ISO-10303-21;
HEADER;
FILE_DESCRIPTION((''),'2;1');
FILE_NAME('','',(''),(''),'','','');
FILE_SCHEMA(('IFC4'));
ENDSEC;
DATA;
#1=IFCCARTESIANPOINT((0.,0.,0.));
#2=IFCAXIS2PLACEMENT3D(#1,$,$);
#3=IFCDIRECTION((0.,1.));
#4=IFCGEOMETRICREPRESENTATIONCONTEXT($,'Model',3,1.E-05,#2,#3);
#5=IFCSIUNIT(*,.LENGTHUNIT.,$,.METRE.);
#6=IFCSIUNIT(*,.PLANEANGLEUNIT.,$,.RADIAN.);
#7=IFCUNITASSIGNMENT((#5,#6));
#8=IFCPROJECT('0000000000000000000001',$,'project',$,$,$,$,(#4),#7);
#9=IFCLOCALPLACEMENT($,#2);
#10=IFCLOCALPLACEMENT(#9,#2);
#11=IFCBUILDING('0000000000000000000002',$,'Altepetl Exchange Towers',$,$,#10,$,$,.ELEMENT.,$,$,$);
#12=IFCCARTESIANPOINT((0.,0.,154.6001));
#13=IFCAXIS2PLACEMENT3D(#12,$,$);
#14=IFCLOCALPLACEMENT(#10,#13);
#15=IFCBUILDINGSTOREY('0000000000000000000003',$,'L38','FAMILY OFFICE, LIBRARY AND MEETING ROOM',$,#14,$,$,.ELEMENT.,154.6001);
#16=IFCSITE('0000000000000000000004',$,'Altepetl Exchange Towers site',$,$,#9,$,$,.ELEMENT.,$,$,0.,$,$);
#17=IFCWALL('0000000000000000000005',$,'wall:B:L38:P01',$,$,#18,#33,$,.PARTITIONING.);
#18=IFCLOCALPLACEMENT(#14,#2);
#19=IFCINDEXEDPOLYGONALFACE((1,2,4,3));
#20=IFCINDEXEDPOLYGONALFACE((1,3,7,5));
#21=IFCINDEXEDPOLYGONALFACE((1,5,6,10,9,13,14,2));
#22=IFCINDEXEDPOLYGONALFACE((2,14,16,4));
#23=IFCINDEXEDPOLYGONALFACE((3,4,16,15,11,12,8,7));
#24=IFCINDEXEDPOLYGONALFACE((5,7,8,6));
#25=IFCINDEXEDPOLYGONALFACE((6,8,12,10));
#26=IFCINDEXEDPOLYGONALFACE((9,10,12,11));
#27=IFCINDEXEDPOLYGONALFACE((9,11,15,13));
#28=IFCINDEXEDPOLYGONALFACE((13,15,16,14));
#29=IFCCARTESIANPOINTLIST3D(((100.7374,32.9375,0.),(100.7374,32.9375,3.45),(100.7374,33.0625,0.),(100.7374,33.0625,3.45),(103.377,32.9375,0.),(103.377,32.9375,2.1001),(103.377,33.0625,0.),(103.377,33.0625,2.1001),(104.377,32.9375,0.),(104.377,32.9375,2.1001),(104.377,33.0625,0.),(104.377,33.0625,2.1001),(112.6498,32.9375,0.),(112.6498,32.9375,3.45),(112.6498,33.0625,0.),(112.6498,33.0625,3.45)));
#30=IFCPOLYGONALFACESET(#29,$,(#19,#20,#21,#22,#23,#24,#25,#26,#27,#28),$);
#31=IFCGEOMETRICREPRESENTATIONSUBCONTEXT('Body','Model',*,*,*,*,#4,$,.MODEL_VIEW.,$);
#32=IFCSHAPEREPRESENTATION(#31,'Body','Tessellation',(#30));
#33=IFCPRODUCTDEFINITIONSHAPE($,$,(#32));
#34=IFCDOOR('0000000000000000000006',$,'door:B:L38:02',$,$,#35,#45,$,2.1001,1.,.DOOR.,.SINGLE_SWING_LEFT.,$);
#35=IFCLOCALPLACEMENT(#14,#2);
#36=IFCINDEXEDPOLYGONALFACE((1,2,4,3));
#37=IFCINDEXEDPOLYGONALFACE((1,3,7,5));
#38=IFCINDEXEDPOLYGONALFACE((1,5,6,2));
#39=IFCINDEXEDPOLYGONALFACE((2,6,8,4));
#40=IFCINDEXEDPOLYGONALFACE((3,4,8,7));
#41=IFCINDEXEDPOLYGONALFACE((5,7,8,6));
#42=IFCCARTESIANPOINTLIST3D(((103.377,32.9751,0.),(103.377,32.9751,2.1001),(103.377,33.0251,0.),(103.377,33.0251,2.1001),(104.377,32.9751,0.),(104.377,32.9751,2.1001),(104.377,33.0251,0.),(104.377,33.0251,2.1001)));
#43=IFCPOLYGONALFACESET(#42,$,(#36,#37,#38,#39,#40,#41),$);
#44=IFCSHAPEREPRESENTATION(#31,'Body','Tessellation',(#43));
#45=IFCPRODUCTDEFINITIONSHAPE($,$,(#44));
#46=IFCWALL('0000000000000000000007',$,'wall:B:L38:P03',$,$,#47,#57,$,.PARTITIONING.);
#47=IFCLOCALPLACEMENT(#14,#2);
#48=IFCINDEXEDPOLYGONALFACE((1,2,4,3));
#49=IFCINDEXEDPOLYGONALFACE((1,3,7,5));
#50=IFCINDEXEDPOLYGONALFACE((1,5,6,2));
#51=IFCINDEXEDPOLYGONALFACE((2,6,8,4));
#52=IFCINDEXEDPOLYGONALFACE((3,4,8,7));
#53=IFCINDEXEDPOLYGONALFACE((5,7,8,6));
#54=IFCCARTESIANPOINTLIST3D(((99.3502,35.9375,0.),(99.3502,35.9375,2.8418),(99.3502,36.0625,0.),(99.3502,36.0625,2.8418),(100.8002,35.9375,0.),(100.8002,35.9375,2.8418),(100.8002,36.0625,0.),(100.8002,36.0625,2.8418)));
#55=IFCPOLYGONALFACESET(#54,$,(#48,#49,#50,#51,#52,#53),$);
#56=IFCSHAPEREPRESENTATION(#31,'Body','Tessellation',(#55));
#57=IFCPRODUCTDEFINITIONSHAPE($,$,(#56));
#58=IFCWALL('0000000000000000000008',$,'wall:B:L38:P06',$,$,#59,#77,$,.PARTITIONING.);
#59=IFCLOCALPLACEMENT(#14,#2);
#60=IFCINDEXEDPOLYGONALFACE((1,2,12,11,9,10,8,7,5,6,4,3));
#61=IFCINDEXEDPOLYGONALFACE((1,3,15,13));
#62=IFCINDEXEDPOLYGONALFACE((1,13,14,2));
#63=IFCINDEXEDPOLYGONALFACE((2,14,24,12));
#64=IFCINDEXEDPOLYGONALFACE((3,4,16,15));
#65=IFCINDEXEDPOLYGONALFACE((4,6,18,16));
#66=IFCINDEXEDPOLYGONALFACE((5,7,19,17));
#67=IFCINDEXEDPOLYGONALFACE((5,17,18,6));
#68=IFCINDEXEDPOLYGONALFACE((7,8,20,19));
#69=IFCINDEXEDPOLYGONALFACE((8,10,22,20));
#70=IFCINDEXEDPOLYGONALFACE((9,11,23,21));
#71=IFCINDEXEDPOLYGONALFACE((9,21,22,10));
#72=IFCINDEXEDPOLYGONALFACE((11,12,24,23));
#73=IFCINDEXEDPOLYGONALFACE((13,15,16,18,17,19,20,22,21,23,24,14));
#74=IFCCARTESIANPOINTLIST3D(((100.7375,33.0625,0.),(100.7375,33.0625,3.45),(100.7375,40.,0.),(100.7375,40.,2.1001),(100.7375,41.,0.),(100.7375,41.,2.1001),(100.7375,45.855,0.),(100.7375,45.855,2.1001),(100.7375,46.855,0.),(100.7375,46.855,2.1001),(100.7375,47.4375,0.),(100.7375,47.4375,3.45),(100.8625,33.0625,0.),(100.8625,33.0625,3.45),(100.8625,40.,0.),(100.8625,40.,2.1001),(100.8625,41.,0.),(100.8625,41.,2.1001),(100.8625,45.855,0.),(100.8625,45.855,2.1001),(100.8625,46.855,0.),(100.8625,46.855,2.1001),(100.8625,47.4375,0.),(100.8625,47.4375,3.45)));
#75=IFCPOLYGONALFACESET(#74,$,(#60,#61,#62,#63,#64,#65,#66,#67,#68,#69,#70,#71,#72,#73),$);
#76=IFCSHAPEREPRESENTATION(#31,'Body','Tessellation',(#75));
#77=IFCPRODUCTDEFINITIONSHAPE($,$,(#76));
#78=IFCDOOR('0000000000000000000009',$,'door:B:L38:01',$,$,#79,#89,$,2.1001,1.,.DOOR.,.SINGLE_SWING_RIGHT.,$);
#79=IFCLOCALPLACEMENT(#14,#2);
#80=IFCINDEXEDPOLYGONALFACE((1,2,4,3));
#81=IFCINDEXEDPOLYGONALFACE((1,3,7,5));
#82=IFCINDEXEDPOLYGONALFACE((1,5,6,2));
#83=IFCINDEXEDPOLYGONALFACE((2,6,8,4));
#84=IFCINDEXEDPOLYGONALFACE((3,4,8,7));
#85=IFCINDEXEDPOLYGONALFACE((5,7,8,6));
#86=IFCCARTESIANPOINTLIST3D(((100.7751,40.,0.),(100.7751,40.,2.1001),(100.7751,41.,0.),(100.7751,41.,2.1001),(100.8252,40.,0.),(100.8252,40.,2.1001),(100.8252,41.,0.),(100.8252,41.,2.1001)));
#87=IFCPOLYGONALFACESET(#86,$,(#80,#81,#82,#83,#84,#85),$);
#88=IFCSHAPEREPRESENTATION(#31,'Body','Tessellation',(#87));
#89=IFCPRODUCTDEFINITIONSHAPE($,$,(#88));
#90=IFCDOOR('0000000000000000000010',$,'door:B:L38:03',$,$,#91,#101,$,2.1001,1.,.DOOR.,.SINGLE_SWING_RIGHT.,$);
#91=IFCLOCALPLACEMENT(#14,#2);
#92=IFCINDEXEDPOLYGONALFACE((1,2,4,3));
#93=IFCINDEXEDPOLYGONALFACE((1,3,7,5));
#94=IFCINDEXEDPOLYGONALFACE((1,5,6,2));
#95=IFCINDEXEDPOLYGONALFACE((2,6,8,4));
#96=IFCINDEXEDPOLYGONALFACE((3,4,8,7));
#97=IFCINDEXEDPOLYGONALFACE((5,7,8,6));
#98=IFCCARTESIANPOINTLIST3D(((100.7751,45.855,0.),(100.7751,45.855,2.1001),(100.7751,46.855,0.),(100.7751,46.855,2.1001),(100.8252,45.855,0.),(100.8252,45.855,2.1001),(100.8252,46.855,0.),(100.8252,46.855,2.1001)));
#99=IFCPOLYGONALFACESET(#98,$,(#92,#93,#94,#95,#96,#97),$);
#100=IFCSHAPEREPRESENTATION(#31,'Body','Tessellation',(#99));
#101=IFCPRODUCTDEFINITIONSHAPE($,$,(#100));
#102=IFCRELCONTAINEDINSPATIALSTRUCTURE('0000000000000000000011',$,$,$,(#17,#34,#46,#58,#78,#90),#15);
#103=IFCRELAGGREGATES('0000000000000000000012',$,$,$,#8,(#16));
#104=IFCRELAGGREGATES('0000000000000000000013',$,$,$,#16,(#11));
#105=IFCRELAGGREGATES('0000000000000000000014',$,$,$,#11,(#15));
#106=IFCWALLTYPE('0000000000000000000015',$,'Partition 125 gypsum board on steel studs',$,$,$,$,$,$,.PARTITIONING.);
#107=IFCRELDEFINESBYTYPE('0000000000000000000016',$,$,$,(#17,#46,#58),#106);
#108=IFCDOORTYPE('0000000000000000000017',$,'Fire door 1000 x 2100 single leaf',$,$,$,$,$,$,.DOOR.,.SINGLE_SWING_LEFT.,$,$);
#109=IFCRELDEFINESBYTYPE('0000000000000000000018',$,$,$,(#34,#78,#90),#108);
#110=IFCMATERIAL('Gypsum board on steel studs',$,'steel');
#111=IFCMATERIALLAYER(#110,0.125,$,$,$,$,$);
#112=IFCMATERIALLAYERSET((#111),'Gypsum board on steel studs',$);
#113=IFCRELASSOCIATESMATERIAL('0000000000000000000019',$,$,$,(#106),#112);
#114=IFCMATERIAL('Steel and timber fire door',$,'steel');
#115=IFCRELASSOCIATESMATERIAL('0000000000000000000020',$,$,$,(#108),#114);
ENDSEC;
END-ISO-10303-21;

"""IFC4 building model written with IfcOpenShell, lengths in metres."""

from ifc_helpers import new_model, si_unit, direction, frame, frame_2d, origin, place, context, subcontext, project, spatial, rectangle, extrude, material, layer, layer_set, type_object, element, fill, save


model = new_model("IFC4")

# Units and contexts
model_context = context("Model", 3, precision=1e-05, world=origin(), true_north=direction((0.0, 1.0)))
body_context = subcontext(model_context, "Body", "Model", "MODEL_VIEW")
ifc_project = project(units=[si_unit("LENGTHUNIT", "METRE"), si_unit("PLANEANGLEUNIT", "RADIAN")], contexts=[model_context])

# Site, building, storey
site_placement = place(None, origin())
site = spatial("IfcSite", under=ifc_project, at=site_placement, Name="Altepetl Exchange Towers site", CompositionType="ELEMENT", RefElevation=0.0)
building_placement = place(site_placement, origin())
building = spatial("IfcBuilding", under=site, at=building_placement, Name="Altepetl Exchange Towers", CompositionType="ELEMENT")
storey_placement = place(building_placement, frame((0.0, 0.0, 154.6001)))
storey = spatial("IfcBuildingStorey", under=building, at=storey_placement, Name="L38", Description="FAMILY OFFICE, LIBRARY AND MEETING ROOM", CompositionType="ELEMENT", Elevation=154.6001)

# Wall, opening, door
ifc_material_1 = material(Name="Gypsum board on steel studs", Category="steel")
ifc_layer_1 = layer(ifc_material_1, 0.125)
ifc_layer_set_1 = layer_set([ifc_layer_1], Name="Gypsum board on steel studs")
wall_type_1 = type_object("IfcWallType", Name="Partition 125 gypsum board on steel studs", PredefinedType="PARTITIONING", material=ifc_layer_set_1)
wall_1_placement = place(storey_placement, frame((100.7375, 33.0, 0.0)))
wall_1 = element("IfcWall", 1, at=wall_1_placement, inside=storey, type_object=wall_type_1, Name="wall:B:L38:P01", PredefinedType="PARTITIONING", context=body_context, shape_type="SweptSolid", body=[
    extrude(rectangle(XDim=11.9124, YDim=0.125, at=frame_2d((5.9561, 0.0))), origin(), (0.0, 0.0, 1.0), 3.45),
])
opening_1_placement = place(wall_1_placement, frame((2.6394, 0.0, 0.0)))
opening_1 = element("IfcOpeningElement", 2, at=opening_1_placement, cuts=wall_1, PredefinedType="OPENING", context=body_context, shape_type="SweptSolid", body=[
    extrude(rectangle(XDim=1.0, YDim=2.1001, at=frame_2d((0.5, 1.05))), frame((0.0, 0.0725, 0.0), z_axis=(0.0, -1.0, 0.0), x_axis=(1.0, 0.0, 0.0)), (0.0, 0.0, 1.0), 0.145),
])
ifc_material_2 = material(Name="Steel and timber fire door", Category="steel")
door_type_1 = type_object("IfcDoorType", Name="Fire door 1000 x 2100 single leaf", OperationType="SINGLE_SWING_LEFT", PredefinedType="DOOR", material=ifc_material_2)
door_1_placement = place(opening_1_placement, frame((1.0, 0.0, 0.0), x_axis=(-1.0, 0.0, 0.0)))
door_1 = element("IfcDoor", 3, at=door_1_placement, inside=storey, type_object=door_type_1, Name="door:B:L38:02", OperationType="SINGLE_SWING_LEFT", OverallHeight=2.1001, OverallWidth=1.0, PredefinedType="DOOR", context=body_context, shape_type="SweptSolid", body=[
    extrude(rectangle(XDim=1.0, YDim=2.1001, at=frame_2d((0.5, 1.05))), frame((0.0, 0.0249, 0.0), z_axis=(0.0, -1.0, 0.0), x_axis=(1.0, 0.0, 0.0)), (0.0, 0.0, 1.0), 0.05),
])
fill(opening_1, door_1)

# Wall
wall_2_placement = place(storey_placement, frame((99.3501, 36.0, 0.0)))
element("IfcWall", 4, at=wall_2_placement, inside=storey, type_object=wall_type_1, Name="wall:B:L38:P03", PredefinedType="PARTITIONING", context=body_context, shape_type="SweptSolid", body=[
    extrude(rectangle(XDim=1.45, YDim=0.125, at=frame_2d((0.7251, 0.0))), origin(), (0.0, 0.0, 1.0), 2.8418),
])

# Wall, openings, doors
wall_3_placement = place(storey_placement, frame((100.8, 33.0625, 0.0), z_axis=(0.0, 0.0, 1.0), x_axis=(0.0, 1.0, 0.0)))
wall_3 = element("IfcWall", 5, at=wall_3_placement, inside=storey, type_object=wall_type_1, Name="wall:B:L38:P06", PredefinedType="PARTITIONING", context=body_context, shape_type="SweptSolid", body=[
    extrude(rectangle(XDim=14.375, YDim=0.125, at=frame_2d((7.1875, 0.0))), origin(), (0.0, 0.0, 1.0), 3.45),
])
opening_2_placement = place(wall_3_placement, frame((6.9375, 0.0, 0.0)))
opening_2 = element("IfcOpeningElement", 6, at=opening_2_placement, cuts=wall_3, PredefinedType="OPENING", context=body_context, shape_type="SweptSolid", body=[
    extrude(rectangle(XDim=1.0, YDim=2.1001, at=frame_2d((0.5, 1.05))), frame((0.0, 0.0725, 0.0), z_axis=(0.0, -1.0, 0.0), x_axis=(1.0, 0.0, 0.0)), (0.0, 0.0, 1.0), 0.145),
])
opening_3_placement = place(wall_3_placement, frame((12.7925, 0.0, 0.0)))
opening_3 = element("IfcOpeningElement", 7, at=opening_3_placement, cuts=wall_3, PredefinedType="OPENING", context=body_context, shape_type="SweptSolid", body=[
    extrude(rectangle(XDim=1.0, YDim=2.1001, at=frame_2d((0.5, 1.05))), frame((0.0, 0.0725, 0.0), z_axis=(0.0, -1.0, 0.0), x_axis=(1.0, 0.0, 0.0)), (0.0, 0.0, 1.0), 0.145),
])
door_2_placement = place(opening_2_placement, origin())
door_2 = element("IfcDoor", 8, at=door_2_placement, inside=storey, type_object=door_type_1, Name="door:B:L38:01", OperationType="SINGLE_SWING_RIGHT", OverallHeight=2.1001, OverallWidth=1.0, PredefinedType="DOOR", context=body_context, shape_type="SweptSolid", body=[
    extrude(rectangle(XDim=1.0, YDim=2.1001, at=frame_2d((0.5, 1.05))), frame((0.0, 0.0249, 0.0), z_axis=(0.0, -1.0, 0.0), x_axis=(1.0, 0.0, 0.0)), (0.0, 0.0, 1.0), 0.05),
])
fill(opening_2, door_2)
door_3_placement = place(opening_3_placement, origin())
door_3 = element("IfcDoor", 9, at=door_3_placement, inside=storey, type_object=door_type_1, Name="door:B:L38:03", OperationType="SINGLE_SWING_RIGHT", OverallHeight=2.1001, OverallWidth=1.0, PredefinedType="DOOR", context=body_context, shape_type="SweptSolid", body=[
    extrude(rectangle(XDim=1.0, YDim=2.1001, at=frame_2d((0.5, 1.05))), frame((0.0, 0.0249, 0.0), z_axis=(0.0, -1.0, 0.0), x_axis=(1.0, 0.0, 0.0)), (0.0, 0.0, 1.0), 0.05),
])
fill(opening_3, door_3)

save(model, "model.ifc")
